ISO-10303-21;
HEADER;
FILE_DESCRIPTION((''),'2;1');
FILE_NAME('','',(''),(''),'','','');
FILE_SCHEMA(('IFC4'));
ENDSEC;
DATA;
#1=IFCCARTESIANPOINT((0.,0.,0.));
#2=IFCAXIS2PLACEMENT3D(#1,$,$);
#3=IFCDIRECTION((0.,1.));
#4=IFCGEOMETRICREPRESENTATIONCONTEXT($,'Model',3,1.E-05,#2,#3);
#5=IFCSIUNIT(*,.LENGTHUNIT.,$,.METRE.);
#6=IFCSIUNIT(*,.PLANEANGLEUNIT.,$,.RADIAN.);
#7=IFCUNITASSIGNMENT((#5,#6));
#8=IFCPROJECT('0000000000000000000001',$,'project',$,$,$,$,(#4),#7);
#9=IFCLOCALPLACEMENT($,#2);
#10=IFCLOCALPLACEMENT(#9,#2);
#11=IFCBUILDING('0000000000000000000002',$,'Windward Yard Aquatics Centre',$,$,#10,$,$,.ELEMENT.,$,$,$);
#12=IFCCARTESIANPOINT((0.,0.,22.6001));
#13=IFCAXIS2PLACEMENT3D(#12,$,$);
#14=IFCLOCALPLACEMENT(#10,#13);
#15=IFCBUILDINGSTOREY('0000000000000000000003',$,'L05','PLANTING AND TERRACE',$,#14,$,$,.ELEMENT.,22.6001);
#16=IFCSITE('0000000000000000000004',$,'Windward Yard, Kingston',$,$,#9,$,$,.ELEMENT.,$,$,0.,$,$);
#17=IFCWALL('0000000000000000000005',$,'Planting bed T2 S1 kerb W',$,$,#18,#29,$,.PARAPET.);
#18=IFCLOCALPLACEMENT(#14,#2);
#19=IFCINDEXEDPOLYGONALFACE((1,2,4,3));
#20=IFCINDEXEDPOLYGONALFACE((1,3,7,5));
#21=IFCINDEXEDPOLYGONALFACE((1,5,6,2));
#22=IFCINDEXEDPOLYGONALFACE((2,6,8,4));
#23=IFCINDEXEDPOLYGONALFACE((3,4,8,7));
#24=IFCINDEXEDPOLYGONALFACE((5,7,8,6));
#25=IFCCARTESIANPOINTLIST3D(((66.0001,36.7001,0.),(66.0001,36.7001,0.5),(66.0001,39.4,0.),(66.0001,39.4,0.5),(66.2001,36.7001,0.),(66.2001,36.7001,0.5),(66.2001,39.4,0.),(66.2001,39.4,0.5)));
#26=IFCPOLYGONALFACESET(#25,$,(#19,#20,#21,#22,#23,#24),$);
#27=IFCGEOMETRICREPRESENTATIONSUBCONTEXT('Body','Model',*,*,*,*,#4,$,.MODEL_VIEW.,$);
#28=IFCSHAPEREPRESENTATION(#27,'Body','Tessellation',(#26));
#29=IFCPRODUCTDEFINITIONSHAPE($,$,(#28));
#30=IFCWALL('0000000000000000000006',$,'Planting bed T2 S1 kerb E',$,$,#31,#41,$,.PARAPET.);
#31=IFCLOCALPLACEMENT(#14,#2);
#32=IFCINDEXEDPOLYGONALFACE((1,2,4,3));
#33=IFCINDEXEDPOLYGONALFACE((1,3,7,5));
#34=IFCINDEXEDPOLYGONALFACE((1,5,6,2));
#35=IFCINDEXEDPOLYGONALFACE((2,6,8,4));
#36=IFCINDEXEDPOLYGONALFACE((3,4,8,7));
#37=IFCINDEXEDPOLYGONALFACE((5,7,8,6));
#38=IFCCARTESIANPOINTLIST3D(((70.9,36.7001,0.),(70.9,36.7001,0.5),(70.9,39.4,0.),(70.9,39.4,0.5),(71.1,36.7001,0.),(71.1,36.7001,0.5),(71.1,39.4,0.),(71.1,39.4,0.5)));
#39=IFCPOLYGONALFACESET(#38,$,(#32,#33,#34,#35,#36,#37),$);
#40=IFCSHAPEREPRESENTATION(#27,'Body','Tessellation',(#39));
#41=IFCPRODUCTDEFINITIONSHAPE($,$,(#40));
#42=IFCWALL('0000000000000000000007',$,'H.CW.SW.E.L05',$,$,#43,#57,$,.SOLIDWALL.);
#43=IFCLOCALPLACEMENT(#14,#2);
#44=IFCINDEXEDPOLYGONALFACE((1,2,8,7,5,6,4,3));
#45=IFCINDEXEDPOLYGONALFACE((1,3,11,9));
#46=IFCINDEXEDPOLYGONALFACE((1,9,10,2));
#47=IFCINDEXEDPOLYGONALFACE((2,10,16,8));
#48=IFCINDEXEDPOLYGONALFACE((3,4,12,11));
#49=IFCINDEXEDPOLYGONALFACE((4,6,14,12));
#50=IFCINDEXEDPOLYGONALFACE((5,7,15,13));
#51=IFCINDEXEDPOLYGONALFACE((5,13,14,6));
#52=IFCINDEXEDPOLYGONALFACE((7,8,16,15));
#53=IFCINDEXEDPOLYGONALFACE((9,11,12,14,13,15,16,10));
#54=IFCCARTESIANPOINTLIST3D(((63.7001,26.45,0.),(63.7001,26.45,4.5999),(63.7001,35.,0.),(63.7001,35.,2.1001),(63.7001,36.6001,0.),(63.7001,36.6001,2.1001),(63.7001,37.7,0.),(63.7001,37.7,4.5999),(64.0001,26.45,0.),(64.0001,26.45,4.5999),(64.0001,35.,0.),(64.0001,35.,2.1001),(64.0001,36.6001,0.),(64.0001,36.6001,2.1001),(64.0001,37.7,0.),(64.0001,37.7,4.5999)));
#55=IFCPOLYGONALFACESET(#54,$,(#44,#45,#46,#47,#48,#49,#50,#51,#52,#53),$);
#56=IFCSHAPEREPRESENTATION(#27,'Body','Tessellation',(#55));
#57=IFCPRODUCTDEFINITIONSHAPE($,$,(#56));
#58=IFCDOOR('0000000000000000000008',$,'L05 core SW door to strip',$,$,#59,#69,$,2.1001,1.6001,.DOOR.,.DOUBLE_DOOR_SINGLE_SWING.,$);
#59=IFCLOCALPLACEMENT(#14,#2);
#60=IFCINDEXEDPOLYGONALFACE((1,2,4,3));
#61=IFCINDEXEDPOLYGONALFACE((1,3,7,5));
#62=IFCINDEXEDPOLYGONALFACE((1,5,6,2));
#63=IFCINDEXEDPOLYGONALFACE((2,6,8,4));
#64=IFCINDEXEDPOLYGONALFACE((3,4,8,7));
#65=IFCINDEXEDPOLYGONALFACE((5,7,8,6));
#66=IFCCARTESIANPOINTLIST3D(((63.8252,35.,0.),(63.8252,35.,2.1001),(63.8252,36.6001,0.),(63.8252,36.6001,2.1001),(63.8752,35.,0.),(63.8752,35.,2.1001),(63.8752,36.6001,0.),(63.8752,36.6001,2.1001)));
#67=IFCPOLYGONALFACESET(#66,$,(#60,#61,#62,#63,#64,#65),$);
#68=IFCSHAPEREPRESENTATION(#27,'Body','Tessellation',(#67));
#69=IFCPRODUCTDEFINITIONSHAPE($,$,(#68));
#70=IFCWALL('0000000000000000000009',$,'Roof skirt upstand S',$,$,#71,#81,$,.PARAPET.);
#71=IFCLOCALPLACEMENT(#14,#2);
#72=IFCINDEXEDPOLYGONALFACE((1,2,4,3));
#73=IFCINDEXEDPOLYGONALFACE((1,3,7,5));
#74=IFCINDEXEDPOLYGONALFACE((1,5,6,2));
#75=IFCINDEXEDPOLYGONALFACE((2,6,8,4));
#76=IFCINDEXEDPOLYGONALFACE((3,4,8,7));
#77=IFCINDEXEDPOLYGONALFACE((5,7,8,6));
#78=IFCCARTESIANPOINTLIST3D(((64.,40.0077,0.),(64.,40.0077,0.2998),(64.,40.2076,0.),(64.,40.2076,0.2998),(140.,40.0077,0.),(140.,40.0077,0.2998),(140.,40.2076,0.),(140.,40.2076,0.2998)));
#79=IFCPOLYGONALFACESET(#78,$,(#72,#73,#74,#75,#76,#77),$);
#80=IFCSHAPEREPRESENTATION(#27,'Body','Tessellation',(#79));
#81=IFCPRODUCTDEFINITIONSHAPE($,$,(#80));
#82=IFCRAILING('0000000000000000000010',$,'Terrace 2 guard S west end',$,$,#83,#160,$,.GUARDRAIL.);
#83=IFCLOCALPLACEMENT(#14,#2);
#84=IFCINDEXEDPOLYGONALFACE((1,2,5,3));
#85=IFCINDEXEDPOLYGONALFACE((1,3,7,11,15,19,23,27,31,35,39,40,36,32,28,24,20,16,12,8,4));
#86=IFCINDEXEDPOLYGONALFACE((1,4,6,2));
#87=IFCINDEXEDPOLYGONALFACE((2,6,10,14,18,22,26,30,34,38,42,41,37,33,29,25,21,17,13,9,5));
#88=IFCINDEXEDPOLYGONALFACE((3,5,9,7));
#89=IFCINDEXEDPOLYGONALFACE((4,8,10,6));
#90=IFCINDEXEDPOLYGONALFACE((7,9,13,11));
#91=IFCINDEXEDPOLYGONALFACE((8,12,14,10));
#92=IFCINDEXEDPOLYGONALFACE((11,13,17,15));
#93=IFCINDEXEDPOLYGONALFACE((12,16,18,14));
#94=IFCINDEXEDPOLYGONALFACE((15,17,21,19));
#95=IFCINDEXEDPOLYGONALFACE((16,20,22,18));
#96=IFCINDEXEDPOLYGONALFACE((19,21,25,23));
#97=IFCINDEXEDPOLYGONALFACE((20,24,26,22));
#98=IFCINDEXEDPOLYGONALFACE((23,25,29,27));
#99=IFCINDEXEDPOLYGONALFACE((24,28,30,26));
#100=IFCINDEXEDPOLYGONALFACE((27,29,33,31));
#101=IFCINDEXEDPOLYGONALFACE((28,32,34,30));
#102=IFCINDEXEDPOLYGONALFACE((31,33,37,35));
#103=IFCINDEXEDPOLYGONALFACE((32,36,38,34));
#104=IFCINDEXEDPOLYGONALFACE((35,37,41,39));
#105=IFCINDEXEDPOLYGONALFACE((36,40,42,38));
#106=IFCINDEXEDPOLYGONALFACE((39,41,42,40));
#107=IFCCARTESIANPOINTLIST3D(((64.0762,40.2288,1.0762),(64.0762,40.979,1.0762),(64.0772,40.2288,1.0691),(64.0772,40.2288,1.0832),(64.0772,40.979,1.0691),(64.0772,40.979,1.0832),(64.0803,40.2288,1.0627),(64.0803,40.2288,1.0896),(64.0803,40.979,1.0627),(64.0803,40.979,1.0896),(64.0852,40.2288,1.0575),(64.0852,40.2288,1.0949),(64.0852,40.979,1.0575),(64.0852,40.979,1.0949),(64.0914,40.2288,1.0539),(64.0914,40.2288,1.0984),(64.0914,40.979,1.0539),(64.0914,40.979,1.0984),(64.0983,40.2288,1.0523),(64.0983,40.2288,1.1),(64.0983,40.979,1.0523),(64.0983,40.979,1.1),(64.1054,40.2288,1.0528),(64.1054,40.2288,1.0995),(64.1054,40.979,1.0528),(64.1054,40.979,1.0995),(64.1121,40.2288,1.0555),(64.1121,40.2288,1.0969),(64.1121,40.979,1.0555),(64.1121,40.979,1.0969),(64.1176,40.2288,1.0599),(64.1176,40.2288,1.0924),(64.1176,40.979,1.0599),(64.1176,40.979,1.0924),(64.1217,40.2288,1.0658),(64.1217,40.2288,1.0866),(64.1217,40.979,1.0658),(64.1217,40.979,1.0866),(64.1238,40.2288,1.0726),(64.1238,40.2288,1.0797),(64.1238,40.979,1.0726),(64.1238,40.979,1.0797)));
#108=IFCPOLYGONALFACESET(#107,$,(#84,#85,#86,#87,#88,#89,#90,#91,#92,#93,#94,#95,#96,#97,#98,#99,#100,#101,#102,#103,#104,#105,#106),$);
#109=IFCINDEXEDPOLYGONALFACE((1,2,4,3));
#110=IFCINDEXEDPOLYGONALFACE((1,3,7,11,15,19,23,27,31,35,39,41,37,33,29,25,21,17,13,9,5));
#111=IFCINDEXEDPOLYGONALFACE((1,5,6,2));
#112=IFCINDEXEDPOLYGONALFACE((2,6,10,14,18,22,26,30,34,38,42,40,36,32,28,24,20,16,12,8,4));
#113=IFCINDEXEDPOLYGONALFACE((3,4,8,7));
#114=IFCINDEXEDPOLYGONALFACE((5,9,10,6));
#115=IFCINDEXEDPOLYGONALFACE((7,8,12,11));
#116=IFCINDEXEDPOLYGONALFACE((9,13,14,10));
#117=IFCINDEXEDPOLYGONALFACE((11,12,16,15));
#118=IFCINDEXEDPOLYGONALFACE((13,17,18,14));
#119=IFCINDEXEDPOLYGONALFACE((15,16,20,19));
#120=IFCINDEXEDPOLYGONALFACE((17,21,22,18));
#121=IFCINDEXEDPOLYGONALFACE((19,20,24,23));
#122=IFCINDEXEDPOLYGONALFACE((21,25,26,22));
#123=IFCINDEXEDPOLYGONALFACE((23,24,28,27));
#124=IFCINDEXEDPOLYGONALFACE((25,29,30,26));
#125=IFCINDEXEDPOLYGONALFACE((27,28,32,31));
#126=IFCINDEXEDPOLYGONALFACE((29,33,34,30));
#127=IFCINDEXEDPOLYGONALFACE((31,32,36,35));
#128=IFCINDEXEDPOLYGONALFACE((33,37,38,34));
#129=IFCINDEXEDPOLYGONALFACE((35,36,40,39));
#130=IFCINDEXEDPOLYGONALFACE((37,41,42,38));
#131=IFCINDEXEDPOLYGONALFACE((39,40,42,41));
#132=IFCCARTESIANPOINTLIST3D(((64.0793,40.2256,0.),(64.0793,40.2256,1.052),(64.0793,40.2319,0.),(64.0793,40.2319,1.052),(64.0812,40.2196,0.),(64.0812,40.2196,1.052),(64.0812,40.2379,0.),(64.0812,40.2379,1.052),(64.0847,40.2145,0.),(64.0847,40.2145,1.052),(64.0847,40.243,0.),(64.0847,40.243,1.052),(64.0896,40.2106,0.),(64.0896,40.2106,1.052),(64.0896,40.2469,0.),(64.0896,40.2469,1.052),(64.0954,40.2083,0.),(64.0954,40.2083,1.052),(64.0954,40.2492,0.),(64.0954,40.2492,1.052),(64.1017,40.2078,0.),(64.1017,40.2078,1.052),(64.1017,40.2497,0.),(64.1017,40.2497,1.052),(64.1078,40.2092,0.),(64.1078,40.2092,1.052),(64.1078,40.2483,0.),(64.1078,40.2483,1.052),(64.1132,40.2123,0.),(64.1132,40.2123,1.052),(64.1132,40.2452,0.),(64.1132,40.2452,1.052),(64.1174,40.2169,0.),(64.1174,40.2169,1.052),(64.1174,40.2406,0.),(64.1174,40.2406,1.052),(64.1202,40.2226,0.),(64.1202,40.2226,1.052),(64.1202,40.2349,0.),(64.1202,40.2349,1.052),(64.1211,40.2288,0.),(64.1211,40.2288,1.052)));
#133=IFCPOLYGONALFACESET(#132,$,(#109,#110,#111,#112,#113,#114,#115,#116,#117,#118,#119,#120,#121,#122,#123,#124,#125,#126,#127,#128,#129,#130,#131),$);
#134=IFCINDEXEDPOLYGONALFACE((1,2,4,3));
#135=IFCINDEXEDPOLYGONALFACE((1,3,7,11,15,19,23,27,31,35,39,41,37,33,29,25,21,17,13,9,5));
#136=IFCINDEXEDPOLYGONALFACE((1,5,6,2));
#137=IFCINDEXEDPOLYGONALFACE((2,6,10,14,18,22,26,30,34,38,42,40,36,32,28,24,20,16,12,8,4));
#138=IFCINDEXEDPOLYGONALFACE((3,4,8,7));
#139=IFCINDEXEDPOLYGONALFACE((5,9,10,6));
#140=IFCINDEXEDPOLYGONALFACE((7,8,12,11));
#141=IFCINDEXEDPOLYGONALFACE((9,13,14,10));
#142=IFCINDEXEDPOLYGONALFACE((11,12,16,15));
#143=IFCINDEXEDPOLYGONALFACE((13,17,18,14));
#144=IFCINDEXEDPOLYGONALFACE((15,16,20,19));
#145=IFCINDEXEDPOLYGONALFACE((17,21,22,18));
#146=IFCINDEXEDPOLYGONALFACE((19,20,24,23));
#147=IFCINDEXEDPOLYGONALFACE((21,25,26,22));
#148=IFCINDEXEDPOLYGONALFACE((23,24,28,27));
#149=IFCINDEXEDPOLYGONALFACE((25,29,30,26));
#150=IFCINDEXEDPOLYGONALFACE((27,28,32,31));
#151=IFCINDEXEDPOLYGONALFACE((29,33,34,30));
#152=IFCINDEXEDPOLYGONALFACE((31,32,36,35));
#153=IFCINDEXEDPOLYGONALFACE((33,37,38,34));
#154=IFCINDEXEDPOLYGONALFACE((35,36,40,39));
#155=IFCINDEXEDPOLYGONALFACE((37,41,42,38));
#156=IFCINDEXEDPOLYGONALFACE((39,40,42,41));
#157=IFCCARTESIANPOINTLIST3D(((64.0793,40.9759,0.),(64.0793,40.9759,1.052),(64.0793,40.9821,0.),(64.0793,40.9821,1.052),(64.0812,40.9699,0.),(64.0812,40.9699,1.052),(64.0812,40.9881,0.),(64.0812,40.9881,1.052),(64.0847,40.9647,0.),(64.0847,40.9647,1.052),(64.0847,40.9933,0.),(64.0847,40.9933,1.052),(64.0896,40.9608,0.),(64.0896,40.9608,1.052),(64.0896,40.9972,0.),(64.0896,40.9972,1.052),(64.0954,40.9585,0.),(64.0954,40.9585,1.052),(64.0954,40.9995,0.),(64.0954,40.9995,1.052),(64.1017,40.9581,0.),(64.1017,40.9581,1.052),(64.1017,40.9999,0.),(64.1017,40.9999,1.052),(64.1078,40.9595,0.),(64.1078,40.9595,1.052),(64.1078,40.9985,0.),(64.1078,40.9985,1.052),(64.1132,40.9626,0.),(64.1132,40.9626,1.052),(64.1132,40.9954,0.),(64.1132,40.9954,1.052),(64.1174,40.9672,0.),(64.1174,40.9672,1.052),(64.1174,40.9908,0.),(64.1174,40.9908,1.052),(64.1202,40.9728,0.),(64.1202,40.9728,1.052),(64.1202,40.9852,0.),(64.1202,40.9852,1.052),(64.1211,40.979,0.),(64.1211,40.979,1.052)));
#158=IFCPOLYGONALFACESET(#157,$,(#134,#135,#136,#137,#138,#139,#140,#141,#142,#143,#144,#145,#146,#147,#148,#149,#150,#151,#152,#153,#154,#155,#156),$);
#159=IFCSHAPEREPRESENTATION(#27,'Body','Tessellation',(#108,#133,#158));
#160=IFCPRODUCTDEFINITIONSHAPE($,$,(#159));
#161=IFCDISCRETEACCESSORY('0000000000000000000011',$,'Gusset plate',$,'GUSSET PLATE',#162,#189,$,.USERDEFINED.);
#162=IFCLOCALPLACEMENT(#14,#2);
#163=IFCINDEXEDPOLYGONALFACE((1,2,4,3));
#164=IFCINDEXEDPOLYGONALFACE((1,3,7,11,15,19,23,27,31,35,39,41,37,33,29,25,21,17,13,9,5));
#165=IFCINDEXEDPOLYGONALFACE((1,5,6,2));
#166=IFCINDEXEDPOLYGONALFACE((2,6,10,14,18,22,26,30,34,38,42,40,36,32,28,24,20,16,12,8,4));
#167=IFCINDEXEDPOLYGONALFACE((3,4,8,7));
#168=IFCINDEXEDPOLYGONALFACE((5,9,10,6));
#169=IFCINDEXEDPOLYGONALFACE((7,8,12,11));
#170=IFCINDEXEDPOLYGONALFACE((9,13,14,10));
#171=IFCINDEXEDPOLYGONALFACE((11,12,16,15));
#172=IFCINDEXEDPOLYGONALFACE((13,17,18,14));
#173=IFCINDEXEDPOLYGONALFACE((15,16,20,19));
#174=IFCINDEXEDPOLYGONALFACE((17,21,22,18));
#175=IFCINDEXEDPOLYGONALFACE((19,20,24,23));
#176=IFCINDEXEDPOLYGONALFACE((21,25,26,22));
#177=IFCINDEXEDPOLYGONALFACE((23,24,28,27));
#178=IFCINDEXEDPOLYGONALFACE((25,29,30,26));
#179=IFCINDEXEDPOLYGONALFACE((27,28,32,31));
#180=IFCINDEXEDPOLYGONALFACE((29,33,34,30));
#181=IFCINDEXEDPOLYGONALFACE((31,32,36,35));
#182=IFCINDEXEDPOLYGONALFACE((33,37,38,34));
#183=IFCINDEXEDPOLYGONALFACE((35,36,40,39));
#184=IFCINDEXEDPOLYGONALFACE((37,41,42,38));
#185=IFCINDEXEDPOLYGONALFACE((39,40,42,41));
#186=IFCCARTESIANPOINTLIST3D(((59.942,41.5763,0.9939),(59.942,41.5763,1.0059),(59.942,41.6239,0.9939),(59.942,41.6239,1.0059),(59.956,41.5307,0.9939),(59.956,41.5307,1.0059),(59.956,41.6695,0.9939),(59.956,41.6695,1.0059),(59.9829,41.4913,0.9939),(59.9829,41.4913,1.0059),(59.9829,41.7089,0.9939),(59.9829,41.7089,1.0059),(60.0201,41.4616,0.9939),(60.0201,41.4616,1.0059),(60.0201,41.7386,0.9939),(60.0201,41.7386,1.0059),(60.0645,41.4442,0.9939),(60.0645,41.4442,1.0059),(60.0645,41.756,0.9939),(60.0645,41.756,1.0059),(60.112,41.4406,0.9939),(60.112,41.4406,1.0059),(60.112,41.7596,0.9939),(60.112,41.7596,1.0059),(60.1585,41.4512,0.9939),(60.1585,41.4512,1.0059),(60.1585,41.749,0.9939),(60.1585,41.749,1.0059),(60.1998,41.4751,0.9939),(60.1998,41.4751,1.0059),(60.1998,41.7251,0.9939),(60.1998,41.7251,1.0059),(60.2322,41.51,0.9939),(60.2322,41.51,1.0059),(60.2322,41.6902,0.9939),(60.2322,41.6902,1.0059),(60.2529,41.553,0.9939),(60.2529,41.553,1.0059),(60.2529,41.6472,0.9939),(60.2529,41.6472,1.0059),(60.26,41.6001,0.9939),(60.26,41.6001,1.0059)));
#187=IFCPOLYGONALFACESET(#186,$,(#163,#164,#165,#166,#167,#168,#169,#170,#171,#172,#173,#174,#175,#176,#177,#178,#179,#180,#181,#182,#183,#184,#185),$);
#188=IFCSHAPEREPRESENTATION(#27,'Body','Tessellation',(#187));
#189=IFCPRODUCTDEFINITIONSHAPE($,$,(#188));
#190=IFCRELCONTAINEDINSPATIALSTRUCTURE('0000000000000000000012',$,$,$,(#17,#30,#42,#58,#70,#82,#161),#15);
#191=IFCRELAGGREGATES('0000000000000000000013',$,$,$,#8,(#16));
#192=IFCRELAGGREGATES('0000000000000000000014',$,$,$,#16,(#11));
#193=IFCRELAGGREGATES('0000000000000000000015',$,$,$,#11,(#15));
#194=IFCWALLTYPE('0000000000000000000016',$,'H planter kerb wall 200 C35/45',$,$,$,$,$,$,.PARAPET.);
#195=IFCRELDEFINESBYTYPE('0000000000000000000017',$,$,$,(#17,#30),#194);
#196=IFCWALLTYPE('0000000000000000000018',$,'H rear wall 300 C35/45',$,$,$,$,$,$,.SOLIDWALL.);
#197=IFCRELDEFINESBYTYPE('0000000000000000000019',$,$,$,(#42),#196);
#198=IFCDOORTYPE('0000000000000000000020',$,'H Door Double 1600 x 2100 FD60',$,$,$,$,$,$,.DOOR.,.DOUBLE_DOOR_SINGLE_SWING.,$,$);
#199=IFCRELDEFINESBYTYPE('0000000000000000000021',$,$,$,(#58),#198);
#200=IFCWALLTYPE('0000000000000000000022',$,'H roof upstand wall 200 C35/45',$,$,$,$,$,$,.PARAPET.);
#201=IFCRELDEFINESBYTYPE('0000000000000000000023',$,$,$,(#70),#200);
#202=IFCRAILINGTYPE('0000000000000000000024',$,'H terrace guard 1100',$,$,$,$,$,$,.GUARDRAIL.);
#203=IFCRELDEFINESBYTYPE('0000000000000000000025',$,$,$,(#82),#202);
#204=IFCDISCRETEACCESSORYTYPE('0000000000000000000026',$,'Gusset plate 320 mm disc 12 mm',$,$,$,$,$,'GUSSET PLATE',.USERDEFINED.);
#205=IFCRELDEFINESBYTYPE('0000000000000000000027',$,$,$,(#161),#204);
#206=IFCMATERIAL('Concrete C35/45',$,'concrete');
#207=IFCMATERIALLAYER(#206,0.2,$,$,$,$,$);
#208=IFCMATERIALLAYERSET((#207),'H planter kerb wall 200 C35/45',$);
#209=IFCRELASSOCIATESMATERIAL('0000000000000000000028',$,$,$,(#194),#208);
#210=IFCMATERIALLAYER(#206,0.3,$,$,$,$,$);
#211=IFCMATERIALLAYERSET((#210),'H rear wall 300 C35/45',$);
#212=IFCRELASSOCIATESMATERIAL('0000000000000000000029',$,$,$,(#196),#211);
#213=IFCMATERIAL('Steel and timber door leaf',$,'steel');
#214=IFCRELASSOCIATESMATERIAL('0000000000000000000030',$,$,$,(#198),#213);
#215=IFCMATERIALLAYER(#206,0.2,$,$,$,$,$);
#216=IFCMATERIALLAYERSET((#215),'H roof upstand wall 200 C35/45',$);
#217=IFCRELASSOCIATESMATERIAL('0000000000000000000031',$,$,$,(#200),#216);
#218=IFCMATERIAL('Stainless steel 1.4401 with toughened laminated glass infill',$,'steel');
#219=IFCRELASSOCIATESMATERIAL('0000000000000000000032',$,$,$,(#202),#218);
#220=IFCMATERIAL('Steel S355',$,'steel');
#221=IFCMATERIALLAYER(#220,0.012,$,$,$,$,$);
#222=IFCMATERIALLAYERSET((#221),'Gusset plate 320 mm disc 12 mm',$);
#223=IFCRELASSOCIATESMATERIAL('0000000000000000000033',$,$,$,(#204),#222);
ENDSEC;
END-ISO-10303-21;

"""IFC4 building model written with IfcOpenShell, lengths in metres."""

from ifc_helpers import new_model, si_unit, direction, frame, frame_2d, origin, origin_2d, place, context, subcontext, project, spatial, rectangle, circle, extrude, material, layer, layer_set, type_object, element, fill, save


model = new_model("IFC4")

# Units and contexts
model_context = context("Model", 3, precision=1e-05, world=origin(), true_north=direction((0.0, 1.0)))
body_context = subcontext(model_context, "Body", "Model", "MODEL_VIEW")
ifc_project = project(units=[si_unit("LENGTHUNIT", "METRE"), si_unit("PLANEANGLEUNIT", "RADIAN")], contexts=[model_context])

# Site, building, storey
site_placement = place(None, origin())
site = spatial("IfcSite", under=ifc_project, at=site_placement, Name="Windward Yard, Kingston", CompositionType="ELEMENT", RefElevation=0.0)
building_placement = place(site_placement, origin())
building = spatial("IfcBuilding", under=site, at=building_placement, Name="Windward Yard Aquatics Centre", CompositionType="ELEMENT")
storey_placement = place(building_placement, frame((0.0, 0.0, 22.6001)))
storey = spatial("IfcBuildingStorey", under=building, at=storey_placement, Name="L05", Description="PLANTING AND TERRACE", CompositionType="ELEMENT", Elevation=22.6001)

# Shared definitions
ifc_material_1 = material(Name="Steel and timber door leaf", Category="steel")

# Walls
ifc_material_2 = material(Name="Concrete C35/45", Category="concrete")
ifc_layer_1 = layer(ifc_material_2, 0.2)
ifc_layer_set_1 = layer_set([ifc_layer_1], Name="H planter kerb wall 200 C35/45")
wall_type_1 = type_object("IfcWallType", Name="H planter kerb wall 200 C35/45", PredefinedType="PARAPET", material=ifc_layer_set_1)
for number, where, z_axis, x_axis, name in (
    (1, (66.1001, 36.7, 0.0), (0.0, 0.0, 1.0), (0.0, 1.0, 0.0), "Planting bed T2 S1 kerb W"),
    (2, (71.0, 36.7, 0.0), (0.0, 0.0, 1.0), (0.0, 1.0, 0.0), "Planting bed T2 S1 kerb E"),
):
    element("IfcWall", number, at=place(storey_placement, frame(where, z_axis=z_axis, x_axis=x_axis)), inside=storey, type_object=wall_type_1, Name=name, PredefinedType="PARAPET", context=body_context, shape_type="SweptSolid", body=[
        extrude(rectangle(XDim=2.7, YDim=0.2, at=frame_2d((1.3501, 0.0))), origin(), (0.0, 0.0, 1.0), 0.5),
    ])

# Wall, opening, door
ifc_layer_2 = layer(ifc_material_2, 0.3)
ifc_layer_set_2 = layer_set([ifc_layer_2], Name="H rear wall 300 C35/45")
wall_type_2 = type_object("IfcWallType", Name="H rear wall 300 C35/45", PredefinedType="SOLIDWALL", material=ifc_layer_set_2)
wall_1_placement = place(storey_placement, frame((63.8501, 26.45, 0.0), z_axis=(0.0, 0.0, 1.0), x_axis=(0.0, 1.0, 0.0)))
wall_1 = element("IfcWall", 3, at=wall_1_placement, inside=storey, type_object=wall_type_2, Name="H.CW.SW.E.L05", PredefinedType="SOLIDWALL", context=body_context, shape_type="SweptSolid", body=[
    extrude(rectangle(XDim=11.25, YDim=0.3, at=frame_2d((5.625, 0.0))), origin(), (0.0, 0.0, 1.0), 4.5999),
])
opening_1_placement = place(wall_1_placement, frame((8.55, 0.0, 0.0)))
opening_1 = element("IfcOpeningElement", 4, at=opening_1_placement, cuts=wall_1, PredefinedType="OPENING", context=body_context, shape_type="SweptSolid", body=[
    extrude(rectangle(XDim=1.6001, YDim=2.1001, at=frame_2d((0.8, 1.05))), frame((0.0, 0.1602, 0.0), z_axis=(0.0, -1.0, 0.0), x_axis=(1.0, 0.0, 0.0)), (0.0, 0.0, 1.0), 0.3201),
])
door_type_1 = type_object("IfcDoorType", Name="H Door Double 1600 x 2100 FD60", OperationType="DOUBLE_DOOR_SINGLE_SWING", PredefinedType="DOOR", material=ifc_material_1)
door_1_placement = place(opening_1_placement, origin())
door_1 = element("IfcDoor", 5, at=door_1_placement, inside=storey, type_object=door_type_1, Name="L05 core SW door to strip", OperationType="DOUBLE_DOOR_SINGLE_SWING", OverallHeight=2.1001, OverallWidth=1.6001, PredefinedType="DOOR", context=body_context, shape_type="SweptSolid", body=[
    extrude(rectangle(XDim=1.6001, YDim=2.1001, at=frame_2d((0.8, 1.05))), frame((0.0, 0.0249, 0.0), z_axis=(0.0, -1.0, 0.0), x_axis=(1.0, 0.0, 0.0)), (0.0, 0.0, 1.0), 0.05),
])
fill(opening_1, door_1)

# Wall
ifc_layer_3 = layer(ifc_material_2, 0.2)
ifc_layer_set_3 = layer_set([ifc_layer_3], Name="H roof upstand wall 200 C35/45")
wall_type_3 = type_object("IfcWallType", Name="H roof upstand wall 200 C35/45", PredefinedType="PARAPET", material=ifc_layer_set_3)
wall_2_placement = place(storey_placement, frame((64.0, 40.1077, 0.0), z_axis=(0.0, 0.0, 1.0), x_axis=(1.0, 0.0, 0.0)))
element("IfcWall", 6, at=wall_2_placement, inside=storey, type_object=wall_type_3, Name="Roof skirt upstand S", PredefinedType="PARAPET", context=body_context, shape_type="SweptSolid", body=[
    extrude(rectangle(XDim=76.0, YDim=0.2, at=frame_2d((38.0, 0.0))), origin(), (0.0, 0.0, 1.0), 0.2998),
])

# Railing
ifc_material_3 = material(Name="Stainless steel 1.4401 with toughened laminated glass infill", Category="steel")
railing_type = type_object("IfcRailingType", Name="H terrace guard 1100", PredefinedType="GUARDRAIL", material=ifc_material_3)
railing_1_placement = place(storey_placement, frame((64.1001, 40.2288, 0.0)))
element("IfcRailing", 7, at=railing_1_placement, inside=storey, type_object=railing_type, Name="Terrace 2 guard S west end", PredefinedType="GUARDRAIL", context=body_context, shape_type="SweptSolid", body=[
    extrude(circle(Radius=0.0239, at=origin_2d()), frame((0.0, 0.0, 1.0762), z_axis=(0.0, 1.0, 0.0), x_axis=(-1.0, 0.0, 0.0)), (0.0, 0.0, 1.0), 0.7502),
    extrude(circle(Radius=0.021, at=origin_2d()), origin(), (0.0, 0.0, 1.0), 1.052),
    extrude(circle(Radius=0.021, at=origin_2d()), frame((0.0, 0.7502, 0.0)), (0.0, 0.0, 1.0), 1.052),
])

# Discrete accessory
ifc_material_4 = material(Name="Steel S355", Category="steel")
ifc_layer_4 = layer(ifc_material_4, 0.012)
ifc_layer_set_4 = layer_set([ifc_layer_4], Name="Gusset plate 320 mm disc 12 mm")
discrete_accessory_type = type_object("IfcDiscreteAccessoryType", Name="Gusset plate 320 mm disc 12 mm", ElementType="GUSSET PLATE", PredefinedType="USERDEFINED", material=ifc_layer_set_4)
for number, where, z_axis, x_axis, name in (
    (8, (60.1001, 41.6001, 0.9939), (0.0, 0.0, 1.0), (1.0, 0.0, 0.0), "Gusset plate"),
):
    element("IfcDiscreteAccessory", number, at=place(storey_placement, frame(where, z_axis=z_axis, x_axis=x_axis)), inside=storey, type_object=discrete_accessory_type, Name=name, ObjectType="GUSSET PLATE", PredefinedType="USERDEFINED", context=body_context, shape_type="SweptSolid", body=[
        extrude(circle(Radius=0.1599, at=origin_2d()), origin(), (0.0, 0.0, 1.0), 0.012),
    ])

save(model, "model.ifc")
